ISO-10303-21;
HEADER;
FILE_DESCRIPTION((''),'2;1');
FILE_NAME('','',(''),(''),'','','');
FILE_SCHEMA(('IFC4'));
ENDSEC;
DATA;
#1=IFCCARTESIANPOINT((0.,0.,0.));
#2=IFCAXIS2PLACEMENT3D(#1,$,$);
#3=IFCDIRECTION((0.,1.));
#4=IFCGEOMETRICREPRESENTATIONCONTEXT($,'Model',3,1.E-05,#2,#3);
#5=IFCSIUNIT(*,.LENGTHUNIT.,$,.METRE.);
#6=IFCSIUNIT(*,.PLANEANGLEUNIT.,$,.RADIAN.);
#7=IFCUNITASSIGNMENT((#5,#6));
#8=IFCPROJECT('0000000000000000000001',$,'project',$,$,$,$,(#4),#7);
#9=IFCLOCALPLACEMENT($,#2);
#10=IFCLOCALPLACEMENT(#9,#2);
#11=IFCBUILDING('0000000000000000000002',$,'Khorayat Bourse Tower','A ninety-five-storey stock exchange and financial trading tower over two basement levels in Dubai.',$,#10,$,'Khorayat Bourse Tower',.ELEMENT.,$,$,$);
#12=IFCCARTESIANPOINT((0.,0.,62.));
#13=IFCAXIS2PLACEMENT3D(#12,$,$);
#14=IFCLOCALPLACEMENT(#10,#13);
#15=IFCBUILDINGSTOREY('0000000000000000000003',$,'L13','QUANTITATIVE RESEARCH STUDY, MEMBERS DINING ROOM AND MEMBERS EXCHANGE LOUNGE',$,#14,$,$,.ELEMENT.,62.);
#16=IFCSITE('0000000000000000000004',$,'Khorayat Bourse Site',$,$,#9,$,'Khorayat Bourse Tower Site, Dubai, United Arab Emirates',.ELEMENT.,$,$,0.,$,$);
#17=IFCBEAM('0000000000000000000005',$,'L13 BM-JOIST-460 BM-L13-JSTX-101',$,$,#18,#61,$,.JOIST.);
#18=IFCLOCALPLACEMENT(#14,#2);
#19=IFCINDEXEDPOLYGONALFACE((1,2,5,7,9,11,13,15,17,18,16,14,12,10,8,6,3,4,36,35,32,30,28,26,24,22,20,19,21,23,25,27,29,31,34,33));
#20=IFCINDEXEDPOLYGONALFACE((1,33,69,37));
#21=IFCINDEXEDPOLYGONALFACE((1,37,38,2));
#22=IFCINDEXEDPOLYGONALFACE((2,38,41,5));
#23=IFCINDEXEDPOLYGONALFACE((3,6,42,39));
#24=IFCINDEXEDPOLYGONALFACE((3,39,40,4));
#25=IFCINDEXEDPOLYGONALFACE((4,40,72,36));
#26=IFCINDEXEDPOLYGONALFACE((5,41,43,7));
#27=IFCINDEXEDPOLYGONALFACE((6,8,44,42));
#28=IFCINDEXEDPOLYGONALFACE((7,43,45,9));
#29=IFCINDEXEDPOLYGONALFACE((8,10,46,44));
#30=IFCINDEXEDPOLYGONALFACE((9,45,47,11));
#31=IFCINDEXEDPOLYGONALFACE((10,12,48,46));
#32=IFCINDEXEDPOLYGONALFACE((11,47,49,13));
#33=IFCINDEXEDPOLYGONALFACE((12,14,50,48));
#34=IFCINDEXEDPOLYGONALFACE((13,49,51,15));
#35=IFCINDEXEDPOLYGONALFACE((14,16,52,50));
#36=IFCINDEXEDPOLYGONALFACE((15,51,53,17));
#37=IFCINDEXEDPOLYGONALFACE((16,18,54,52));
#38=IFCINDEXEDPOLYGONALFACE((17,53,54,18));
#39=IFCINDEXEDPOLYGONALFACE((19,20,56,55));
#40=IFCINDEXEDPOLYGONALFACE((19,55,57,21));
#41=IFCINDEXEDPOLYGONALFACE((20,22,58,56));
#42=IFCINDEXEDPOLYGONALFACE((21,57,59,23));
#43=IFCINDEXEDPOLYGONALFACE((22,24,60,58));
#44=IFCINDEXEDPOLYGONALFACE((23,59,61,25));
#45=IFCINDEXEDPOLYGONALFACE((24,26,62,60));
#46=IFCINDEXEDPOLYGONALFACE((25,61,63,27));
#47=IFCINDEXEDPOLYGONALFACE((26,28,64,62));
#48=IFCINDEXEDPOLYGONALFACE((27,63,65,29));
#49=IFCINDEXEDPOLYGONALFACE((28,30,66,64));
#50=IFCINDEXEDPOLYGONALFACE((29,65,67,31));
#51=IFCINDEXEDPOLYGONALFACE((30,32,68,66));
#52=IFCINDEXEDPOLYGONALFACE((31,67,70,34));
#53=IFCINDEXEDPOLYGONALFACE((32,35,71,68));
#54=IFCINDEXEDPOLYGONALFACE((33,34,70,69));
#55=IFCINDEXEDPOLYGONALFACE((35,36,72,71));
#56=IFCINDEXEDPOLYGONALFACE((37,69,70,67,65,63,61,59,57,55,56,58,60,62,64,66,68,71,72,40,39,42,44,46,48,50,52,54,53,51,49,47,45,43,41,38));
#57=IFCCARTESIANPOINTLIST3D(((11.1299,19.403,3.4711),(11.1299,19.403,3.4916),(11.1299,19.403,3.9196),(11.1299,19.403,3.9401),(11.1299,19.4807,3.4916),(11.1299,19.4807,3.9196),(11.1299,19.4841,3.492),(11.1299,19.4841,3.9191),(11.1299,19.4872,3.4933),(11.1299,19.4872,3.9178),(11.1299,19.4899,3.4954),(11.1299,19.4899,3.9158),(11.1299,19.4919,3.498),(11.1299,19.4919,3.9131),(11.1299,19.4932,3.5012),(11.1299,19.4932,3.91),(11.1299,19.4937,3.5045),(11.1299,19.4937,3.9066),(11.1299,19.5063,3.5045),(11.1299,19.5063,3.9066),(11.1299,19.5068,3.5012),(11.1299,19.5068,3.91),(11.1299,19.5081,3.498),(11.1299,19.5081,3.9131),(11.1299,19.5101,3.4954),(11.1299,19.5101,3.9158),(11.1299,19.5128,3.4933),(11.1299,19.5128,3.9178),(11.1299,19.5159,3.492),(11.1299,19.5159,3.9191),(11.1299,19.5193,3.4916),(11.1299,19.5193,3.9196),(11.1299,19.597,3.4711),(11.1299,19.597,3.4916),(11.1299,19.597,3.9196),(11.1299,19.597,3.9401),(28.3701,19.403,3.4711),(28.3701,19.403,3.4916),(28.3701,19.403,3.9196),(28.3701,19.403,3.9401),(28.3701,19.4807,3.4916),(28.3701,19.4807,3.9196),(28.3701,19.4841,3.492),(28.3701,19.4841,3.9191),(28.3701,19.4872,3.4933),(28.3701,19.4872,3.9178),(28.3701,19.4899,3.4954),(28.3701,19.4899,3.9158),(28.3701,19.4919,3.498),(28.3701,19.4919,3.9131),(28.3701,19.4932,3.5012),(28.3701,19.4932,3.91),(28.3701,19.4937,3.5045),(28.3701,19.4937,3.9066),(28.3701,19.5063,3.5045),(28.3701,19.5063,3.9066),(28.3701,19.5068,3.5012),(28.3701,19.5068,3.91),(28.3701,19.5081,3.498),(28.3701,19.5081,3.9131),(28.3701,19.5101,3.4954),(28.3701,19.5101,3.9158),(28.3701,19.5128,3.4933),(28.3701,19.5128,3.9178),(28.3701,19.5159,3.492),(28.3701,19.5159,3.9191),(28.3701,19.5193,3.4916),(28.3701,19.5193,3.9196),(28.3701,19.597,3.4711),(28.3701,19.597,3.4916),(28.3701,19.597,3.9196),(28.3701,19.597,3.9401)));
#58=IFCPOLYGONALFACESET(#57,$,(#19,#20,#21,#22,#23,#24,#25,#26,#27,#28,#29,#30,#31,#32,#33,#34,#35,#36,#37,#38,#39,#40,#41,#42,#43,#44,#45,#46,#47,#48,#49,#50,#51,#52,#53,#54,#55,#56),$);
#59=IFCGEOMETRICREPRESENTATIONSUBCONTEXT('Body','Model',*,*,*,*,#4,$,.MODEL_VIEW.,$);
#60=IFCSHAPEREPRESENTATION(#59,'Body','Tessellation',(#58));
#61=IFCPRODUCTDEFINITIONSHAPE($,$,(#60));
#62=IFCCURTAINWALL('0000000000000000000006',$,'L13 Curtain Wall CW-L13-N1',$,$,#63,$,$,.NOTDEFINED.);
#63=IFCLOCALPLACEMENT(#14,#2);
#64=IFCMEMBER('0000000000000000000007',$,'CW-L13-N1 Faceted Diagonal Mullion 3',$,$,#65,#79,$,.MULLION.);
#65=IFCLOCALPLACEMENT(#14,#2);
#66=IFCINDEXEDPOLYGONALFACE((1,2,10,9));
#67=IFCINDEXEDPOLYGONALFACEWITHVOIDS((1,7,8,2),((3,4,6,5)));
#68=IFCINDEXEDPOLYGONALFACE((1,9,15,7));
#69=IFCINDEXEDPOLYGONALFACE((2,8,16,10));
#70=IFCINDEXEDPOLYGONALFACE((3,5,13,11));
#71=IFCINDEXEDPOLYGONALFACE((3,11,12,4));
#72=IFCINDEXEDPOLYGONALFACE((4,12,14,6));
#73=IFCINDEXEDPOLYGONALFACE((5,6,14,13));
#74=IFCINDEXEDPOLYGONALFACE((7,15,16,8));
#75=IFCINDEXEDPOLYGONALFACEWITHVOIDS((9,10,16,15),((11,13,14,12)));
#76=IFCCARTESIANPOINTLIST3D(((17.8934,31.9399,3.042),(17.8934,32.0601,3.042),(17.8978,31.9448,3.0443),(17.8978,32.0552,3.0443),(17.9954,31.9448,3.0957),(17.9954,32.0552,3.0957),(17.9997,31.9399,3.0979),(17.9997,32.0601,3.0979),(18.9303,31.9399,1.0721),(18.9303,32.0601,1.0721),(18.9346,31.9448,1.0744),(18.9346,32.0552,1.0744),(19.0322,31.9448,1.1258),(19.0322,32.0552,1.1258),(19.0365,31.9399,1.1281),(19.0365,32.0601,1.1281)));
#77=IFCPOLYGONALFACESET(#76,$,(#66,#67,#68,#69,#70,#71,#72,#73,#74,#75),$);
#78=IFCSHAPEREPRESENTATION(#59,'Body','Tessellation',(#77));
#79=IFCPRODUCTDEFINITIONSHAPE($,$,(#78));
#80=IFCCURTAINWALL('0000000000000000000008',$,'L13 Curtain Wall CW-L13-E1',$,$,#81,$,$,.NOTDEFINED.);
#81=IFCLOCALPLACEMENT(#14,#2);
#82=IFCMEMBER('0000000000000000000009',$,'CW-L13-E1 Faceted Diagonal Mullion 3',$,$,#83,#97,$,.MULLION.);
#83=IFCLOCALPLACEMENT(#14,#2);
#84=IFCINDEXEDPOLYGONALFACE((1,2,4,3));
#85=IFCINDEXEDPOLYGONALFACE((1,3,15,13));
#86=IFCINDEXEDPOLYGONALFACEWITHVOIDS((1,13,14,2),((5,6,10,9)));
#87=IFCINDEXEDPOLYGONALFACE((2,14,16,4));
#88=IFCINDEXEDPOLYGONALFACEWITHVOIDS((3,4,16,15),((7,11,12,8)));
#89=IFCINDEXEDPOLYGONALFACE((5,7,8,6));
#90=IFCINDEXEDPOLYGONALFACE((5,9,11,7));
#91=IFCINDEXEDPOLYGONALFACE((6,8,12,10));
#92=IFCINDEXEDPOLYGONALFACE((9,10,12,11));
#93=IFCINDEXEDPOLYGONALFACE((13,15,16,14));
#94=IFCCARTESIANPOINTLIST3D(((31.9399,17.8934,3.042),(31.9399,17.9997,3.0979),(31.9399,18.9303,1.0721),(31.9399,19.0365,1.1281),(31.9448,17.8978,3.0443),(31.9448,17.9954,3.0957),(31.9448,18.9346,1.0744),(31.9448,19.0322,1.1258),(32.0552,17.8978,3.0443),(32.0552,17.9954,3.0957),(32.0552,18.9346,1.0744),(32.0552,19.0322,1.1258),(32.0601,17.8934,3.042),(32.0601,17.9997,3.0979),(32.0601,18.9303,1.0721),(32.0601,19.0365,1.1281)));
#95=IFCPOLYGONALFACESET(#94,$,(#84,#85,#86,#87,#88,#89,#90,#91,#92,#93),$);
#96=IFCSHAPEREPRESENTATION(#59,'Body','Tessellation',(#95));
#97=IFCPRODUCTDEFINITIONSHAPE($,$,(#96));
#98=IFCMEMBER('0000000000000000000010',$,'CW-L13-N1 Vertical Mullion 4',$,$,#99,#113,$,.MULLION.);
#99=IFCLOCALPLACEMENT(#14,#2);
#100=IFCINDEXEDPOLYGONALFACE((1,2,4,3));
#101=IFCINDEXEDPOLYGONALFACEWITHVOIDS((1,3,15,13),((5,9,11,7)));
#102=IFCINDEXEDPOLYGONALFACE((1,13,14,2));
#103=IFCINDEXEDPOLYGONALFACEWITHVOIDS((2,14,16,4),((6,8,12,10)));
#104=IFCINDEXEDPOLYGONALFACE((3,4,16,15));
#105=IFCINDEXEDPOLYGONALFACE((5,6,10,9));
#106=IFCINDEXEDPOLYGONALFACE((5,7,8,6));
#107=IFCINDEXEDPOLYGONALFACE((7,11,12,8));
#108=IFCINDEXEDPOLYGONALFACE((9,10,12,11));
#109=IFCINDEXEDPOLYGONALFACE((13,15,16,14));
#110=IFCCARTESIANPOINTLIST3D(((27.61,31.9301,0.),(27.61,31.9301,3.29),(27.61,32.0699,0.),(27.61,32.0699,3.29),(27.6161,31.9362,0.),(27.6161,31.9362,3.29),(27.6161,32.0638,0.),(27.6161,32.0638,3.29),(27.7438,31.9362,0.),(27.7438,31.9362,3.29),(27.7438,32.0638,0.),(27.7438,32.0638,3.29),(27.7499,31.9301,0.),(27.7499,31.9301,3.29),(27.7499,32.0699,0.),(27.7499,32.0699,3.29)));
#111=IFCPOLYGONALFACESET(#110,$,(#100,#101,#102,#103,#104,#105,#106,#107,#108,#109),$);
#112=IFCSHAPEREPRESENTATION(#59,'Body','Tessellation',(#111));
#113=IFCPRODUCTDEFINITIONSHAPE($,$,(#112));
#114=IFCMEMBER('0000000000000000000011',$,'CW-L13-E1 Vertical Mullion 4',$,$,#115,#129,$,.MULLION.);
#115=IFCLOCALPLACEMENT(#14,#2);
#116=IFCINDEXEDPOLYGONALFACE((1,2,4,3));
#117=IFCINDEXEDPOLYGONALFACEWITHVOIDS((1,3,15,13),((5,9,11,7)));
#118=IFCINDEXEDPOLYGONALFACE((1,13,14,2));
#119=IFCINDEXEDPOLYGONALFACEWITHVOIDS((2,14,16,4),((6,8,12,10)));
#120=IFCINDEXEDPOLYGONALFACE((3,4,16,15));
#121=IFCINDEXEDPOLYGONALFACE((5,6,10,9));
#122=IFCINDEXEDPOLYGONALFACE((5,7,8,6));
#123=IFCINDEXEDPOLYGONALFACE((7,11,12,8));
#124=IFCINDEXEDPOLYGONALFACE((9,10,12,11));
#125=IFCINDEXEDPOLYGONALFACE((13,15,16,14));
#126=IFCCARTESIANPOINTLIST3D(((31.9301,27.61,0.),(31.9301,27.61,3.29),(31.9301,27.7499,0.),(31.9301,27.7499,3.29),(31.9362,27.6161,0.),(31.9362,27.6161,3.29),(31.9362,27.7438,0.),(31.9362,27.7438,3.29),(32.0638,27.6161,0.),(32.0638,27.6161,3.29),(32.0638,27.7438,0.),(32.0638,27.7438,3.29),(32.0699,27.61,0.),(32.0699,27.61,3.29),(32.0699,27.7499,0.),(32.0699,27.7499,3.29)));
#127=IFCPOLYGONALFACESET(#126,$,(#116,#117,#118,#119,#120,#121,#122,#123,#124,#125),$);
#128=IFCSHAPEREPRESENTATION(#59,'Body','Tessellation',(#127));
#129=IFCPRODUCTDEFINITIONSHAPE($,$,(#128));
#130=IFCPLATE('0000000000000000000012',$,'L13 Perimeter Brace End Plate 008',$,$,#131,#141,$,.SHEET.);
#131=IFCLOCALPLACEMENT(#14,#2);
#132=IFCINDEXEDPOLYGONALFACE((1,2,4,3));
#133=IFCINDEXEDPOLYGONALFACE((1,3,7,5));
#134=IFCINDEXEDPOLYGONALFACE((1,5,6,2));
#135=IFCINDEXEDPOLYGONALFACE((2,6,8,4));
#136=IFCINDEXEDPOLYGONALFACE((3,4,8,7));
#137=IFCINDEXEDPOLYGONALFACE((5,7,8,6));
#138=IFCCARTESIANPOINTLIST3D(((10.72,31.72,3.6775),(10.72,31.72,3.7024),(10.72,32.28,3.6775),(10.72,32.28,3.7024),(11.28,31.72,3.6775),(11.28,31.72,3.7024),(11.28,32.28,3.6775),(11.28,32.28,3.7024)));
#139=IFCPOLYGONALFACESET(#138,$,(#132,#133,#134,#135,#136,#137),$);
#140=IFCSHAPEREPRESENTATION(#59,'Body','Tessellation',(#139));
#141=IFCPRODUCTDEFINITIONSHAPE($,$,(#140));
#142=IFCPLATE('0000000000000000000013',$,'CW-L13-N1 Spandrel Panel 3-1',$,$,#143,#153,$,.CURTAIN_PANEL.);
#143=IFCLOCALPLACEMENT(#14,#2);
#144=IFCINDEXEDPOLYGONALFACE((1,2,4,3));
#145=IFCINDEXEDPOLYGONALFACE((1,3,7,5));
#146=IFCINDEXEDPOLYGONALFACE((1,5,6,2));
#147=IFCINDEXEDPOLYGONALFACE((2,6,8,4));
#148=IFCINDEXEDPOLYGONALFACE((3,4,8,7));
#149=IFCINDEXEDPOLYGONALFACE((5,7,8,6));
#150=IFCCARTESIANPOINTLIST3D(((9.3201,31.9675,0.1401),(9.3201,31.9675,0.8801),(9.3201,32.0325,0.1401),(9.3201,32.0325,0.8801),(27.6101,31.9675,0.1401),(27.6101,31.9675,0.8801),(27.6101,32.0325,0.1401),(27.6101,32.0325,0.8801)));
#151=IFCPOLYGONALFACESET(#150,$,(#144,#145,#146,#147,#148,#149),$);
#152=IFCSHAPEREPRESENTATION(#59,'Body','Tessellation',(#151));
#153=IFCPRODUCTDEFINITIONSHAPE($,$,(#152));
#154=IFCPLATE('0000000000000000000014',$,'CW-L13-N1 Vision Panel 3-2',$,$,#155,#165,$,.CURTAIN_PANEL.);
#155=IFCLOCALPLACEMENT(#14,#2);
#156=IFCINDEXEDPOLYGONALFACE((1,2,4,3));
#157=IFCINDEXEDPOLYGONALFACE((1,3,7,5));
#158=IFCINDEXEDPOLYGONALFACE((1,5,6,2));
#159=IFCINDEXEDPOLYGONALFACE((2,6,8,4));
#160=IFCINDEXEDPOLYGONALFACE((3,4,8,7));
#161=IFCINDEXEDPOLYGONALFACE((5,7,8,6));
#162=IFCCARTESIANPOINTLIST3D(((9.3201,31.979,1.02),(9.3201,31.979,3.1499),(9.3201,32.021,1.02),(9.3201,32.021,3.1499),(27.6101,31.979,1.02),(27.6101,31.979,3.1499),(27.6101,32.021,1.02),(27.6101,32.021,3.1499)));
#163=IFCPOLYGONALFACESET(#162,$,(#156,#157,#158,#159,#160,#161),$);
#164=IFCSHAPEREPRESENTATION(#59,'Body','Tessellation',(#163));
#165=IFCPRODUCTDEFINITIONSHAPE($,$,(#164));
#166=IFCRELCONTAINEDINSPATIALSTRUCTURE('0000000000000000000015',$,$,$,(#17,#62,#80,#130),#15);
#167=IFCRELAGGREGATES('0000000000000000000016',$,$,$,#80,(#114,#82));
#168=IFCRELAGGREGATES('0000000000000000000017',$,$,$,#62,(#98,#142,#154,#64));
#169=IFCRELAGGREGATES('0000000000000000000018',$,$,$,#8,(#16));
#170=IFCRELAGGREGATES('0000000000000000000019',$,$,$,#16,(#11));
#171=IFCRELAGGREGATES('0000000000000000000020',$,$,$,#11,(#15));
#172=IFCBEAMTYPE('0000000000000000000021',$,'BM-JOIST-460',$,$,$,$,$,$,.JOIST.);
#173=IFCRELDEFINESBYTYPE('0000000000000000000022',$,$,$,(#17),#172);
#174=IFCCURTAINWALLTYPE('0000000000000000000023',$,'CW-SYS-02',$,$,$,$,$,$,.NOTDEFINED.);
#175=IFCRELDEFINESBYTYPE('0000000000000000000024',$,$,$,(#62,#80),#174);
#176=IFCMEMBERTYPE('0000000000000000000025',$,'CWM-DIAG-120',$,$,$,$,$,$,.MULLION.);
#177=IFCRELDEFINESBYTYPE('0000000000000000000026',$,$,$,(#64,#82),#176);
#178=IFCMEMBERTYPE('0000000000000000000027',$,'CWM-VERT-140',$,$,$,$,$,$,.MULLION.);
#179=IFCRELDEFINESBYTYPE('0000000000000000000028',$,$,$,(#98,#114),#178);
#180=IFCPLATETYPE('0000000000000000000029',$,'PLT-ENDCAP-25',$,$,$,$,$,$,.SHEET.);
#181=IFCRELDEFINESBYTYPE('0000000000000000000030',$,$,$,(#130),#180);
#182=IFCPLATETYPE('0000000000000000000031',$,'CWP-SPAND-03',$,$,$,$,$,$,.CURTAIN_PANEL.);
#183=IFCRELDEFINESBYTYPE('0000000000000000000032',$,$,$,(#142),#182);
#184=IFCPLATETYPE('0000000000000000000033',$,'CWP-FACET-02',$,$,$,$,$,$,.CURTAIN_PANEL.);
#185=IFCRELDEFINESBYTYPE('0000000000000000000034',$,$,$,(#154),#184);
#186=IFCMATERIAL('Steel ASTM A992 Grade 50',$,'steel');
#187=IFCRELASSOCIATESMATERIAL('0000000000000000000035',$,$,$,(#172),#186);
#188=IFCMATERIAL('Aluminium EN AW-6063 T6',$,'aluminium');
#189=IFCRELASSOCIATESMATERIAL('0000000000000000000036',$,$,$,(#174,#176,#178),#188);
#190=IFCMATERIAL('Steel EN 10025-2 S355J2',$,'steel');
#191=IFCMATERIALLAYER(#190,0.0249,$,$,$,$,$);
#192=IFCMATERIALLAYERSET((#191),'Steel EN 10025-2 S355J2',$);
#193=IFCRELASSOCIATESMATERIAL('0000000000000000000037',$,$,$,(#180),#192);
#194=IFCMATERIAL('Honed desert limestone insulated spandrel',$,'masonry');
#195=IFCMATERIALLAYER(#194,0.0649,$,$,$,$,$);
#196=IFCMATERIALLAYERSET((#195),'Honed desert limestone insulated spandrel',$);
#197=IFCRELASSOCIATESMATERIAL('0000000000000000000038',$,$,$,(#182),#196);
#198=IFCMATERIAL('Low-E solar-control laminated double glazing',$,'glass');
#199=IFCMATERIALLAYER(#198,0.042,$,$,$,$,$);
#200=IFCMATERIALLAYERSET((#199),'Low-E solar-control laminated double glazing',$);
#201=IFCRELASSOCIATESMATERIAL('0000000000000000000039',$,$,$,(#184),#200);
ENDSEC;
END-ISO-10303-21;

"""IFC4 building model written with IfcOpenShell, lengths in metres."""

from ifc_helpers import new_model, si_unit, direction, frame, origin, origin_2d, place, context, subcontext, project, spatial, rectangle, hollow_rectangle, i_section, extrude, source, transform, mapped, material, layer, layer_set, material_profile, profile_set, type_object, element, aggregate, save


model = new_model("IFC4")

# Units and contexts
model_context = context("Model", 3, precision=1e-05, world=origin(), true_north=direction((0.0, 1.0)))
body_context = subcontext(model_context, "Body", "Model", "MODEL_VIEW")
ifc_project = project(units=[si_unit("LENGTHUNIT", "METRE"), si_unit("PLANEANGLEUNIT", "RADIAN")], contexts=[model_context])

# Site, building, storey
site_placement = place(None, origin())
site = spatial("IfcSite", under=ifc_project, at=site_placement, Name="Khorayat Bourse Site", LongName="Khorayat Bourse Tower Site, Dubai, United Arab Emirates", CompositionType="ELEMENT", RefElevation=0.0)
building_placement = place(site_placement, origin())
building = spatial("IfcBuilding", under=site, at=building_placement, Name="Khorayat Bourse Tower", Description="A ninety-five-storey stock exchange and financial trading tower over two basement levels in Dubai.", LongName="Khorayat Bourse Tower", CompositionType="ELEMENT")
storey_placement = place(building_placement, frame((0.0, 0.0, 62.0)))
storey = spatial("IfcBuildingStorey", under=building, at=storey_placement, Name="L13", Description="QUANTITATIVE RESEARCH STUDY, MEMBERS DINING ROOM AND MEMBERS EXCHANGE LOUNGE", CompositionType="ELEMENT", Elevation=62.0)

# Beam
ifc_material_1 = material(Name="Steel ASTM A992 Grade 50", Category="steel")
ifc_material_profile_1 = material_profile(ifc_material_1, i_section(OverallWidth=0.1941, OverallDepth=0.469, WebThickness=0.0127, FlangeThickness=0.0205, FilletRadius=0.0129, at=origin_2d()), Name="W460X106")
ifc_profile_set_1 = profile_set([ifc_material_profile_1], Name="Steel ASTM A992 Grade 50")
beam_type_1 = type_object("IfcBeamType", Name="BM-JOIST-460", PredefinedType="JOIST", material=ifc_profile_set_1)
shared_shape_1 = source(origin(), body_context, "Body", "SweptSolid", [
    extrude(i_section(OverallWidth=0.1941, OverallDepth=0.469, WebThickness=0.0127, FlangeThickness=0.0205, FilletRadius=0.0129, at=origin_2d()), origin(), (0.0, 0.0, 1.0), 17.2402),
])
beam_1_placement = place(storey_placement, frame((11.1299, 19.5, 3.7056), z_axis=(1.0, 0.0, 0.0), x_axis=(0.0, 1.0, 0.0)))
element("IfcBeam", 1, at=beam_1_placement, inside=storey, type_object=beam_type_1, Name="L13 BM-JOIST-460 BM-L13-JSTX-101", PredefinedType="JOIST", context=body_context, shape_type="MappedRepresentation", body=[
    mapped(shared_shape_1, transform((0.0, 0.0, 0.0), scale=1.0)),
])

# Curtain walls, members
ifc_material_2 = material(Name="Aluminium EN AW-6063 T6", Category="aluminium")
curtain_wall_type = type_object("IfcCurtainWallType", Name="CW-SYS-02", PredefinedType="NOTDEFINED", material=ifc_material_2)
curtain_wall_1_placement = place(storey_placement, origin())
curtain_wall_1 = element("IfcCurtainWall", 2, at=curtain_wall_1_placement, inside=storey, type_object=curtain_wall_type, Name="L13 Curtain Wall CW-L13-N1", PredefinedType="NOTDEFINED")
ifc_material_profile_2 = material_profile(ifc_material_2, hollow_rectangle(XDim=0.1201, YDim=0.1201, WallThickness=0.0049, at=origin_2d()), Name="ALU 120x120x5")
ifc_profile_set_2 = profile_set([ifc_material_profile_2], Name="Aluminium EN AW-6063 T6")
member_type_1 = type_object("IfcMemberType", Name="CWM-DIAG-120", PredefinedType="MULLION", material=ifc_profile_set_2)
shared_shape_2 = source(origin(), body_context, "Body", "SweptSolid", [
    extrude(hollow_rectangle(XDim=0.1201, YDim=0.1201, WallThickness=0.0049, at=origin_2d()), origin(), (0.0, 0.0, 1.0), 2.2261),
])
member_1_placement = place(storey_placement, frame((18.9834, 32.0, 1.1001), z_axis=(-0.46576, 0.0, 0.884911), x_axis=(0.0, -1.0, 0.0)))
member_1 = element("IfcMember", 3, at=member_1_placement, type_object=member_type_1, Name="CW-L13-N1 Faceted Diagonal Mullion 3", PredefinedType="MULLION", context=body_context, shape_type="MappedRepresentation", body=[
    mapped(shared_shape_2, transform((0.0, 0.0, 0.0), scale=1.0)),
])
curtain_wall_2_placement = place(storey_placement, origin())
curtain_wall_2 = element("IfcCurtainWall", 4, at=curtain_wall_2_placement, inside=storey, type_object=curtain_wall_type, Name="L13 Curtain Wall CW-L13-E1", PredefinedType="NOTDEFINED")
member_2_placement = place(storey_placement, frame((32.0, 18.9834, 1.1001), z_axis=(0.0, -0.46576, 0.884911), x_axis=(1.0, 0.0, 0.0)))
member_2 = element("IfcMember", 5, at=member_2_placement, type_object=member_type_1, Name="CW-L13-E1 Faceted Diagonal Mullion 3", PredefinedType="MULLION", context=body_context, shape_type="MappedRepresentation", body=[
    mapped(shared_shape_2, transform((0.0, 0.0, 0.0), scale=1.0)),
])

# Members
ifc_material_profile_3 = material_profile(ifc_material_2, hollow_rectangle(XDim=0.1399, YDim=0.1399, WallThickness=0.0061, at=origin_2d()), Name="ALU 140x140x6")
ifc_profile_set_3 = profile_set([ifc_material_profile_3], Name="Aluminium EN AW-6063 T6")
member_type_2 = type_object("IfcMemberType", Name="CWM-VERT-140", PredefinedType="MULLION", material=ifc_profile_set_3)
shared_shape_3 = source(origin(), body_context, "Body", "SweptSolid", [
    extrude(hollow_rectangle(XDim=0.1399, YDim=0.1399, WallThickness=0.0061, at=origin_2d()), origin(), (0.0, 0.0, 1.0), 3.29),
])
member_3_placement = place(storey_placement, frame((27.6799, 32.0, 0.0), z_axis=(0.0, 0.0, 1.0), x_axis=(0.0, 1.0, 0.0)))
member_3 = element("IfcMember", 6, at=member_3_placement, type_object=member_type_2, Name="CW-L13-N1 Vertical Mullion 4", PredefinedType="MULLION", context=body_context, shape_type="MappedRepresentation", body=[
    mapped(shared_shape_3, transform((0.0, 0.0, 0.0), scale=1.0)),
])
member_4_placement = place(storey_placement, frame((32.0, 27.6799, 0.0), z_axis=(0.0, 0.0, 1.0), x_axis=(-1.0, 0.0, 0.0)))
member_4 = element("IfcMember", 7, at=member_4_placement, type_object=member_type_2, Name="CW-L13-E1 Vertical Mullion 4", PredefinedType="MULLION", context=body_context, shape_type="MappedRepresentation", body=[
    mapped(shared_shape_3, transform((0.0, 0.0, 0.0), scale=1.0)),
])
aggregate(curtain_wall_2, [member_4, member_2])

# Plates
ifc_material_3 = material(Name="Steel EN 10025-2 S355J2", Category="steel")
ifc_layer_1 = layer(ifc_material_3, 0.0249)
ifc_layer_set_1 = layer_set([ifc_layer_1], Name="Steel EN 10025-2 S355J2")
plate_type_1 = type_object("IfcPlateType", Name="PLT-ENDCAP-25", PredefinedType="SHEET", material=ifc_layer_set_1)
shared_shape_4 = source(origin(), body_context, "Body", "SweptSolid", [
    extrude(rectangle(XDim=0.5601, YDim=0.5601, at=origin_2d()), origin(), (0.0, 0.0, 1.0), 0.0249),
])
plate_1_placement = place(storey_placement, frame((11.0, 32.0, 3.6775), z_axis=(0.0, 0.0, 1.0), x_axis=(1.0, 0.0, 0.0)))
element("IfcPlate", 8, at=plate_1_placement, inside=storey, type_object=plate_type_1, Name="L13 Perimeter Brace End Plate 008", PredefinedType="SHEET", context=body_context, shape_type="MappedRepresentation", body=[
    mapped(shared_shape_4, transform((0.0, 0.0, 0.0), scale=1.0)),
])
ifc_material_4 = material(Name="Honed desert limestone insulated spandrel", Category="masonry")
ifc_layer_2 = layer(ifc_material_4, 0.0649)
ifc_layer_set_2 = layer_set([ifc_layer_2], Name="Honed desert limestone insulated spandrel")
plate_type_2 = type_object("IfcPlateType", Name="CWP-SPAND-03", PredefinedType="CURTAIN_PANEL", material=ifc_layer_set_2)
shared_shape_5 = source(origin(), body_context, "Body", "SweptSolid", [
    extrude(rectangle(XDim=18.29, YDim=0.0649, at=origin_2d()), origin(), (0.0, 0.0, 1.0), 0.74),
])
plate_2_placement = place(storey_placement, frame((18.4651, 32.0, 0.1401), z_axis=(0.0, 0.0, 1.0), x_axis=(1.0, 0.0, 0.0)))
plate_2 = element("IfcPlate", 9, at=plate_2_placement, type_object=plate_type_2, Name="CW-L13-N1 Spandrel Panel 3-1", PredefinedType="CURTAIN_PANEL", context=body_context, shape_type="MappedRepresentation", body=[
    mapped(shared_shape_5, transform((0.0, 0.0, 0.0), scale=1.0)),
])
ifc_material_5 = material(Name="Low-E solar-control laminated double glazing", Category="glass")
ifc_layer_3 = layer(ifc_material_5, 0.042)
ifc_layer_set_3 = layer_set([ifc_layer_3], Name="Low-E solar-control laminated double glazing")
plate_type_3 = type_object("IfcPlateType", Name="CWP-FACET-02", PredefinedType="CURTAIN_PANEL", material=ifc_layer_set_3)
shared_shape_6 = source(origin(), body_context, "Body", "SweptSolid", [
    extrude(rectangle(XDim=18.29, YDim=0.042, at=origin_2d()), origin(), (0.0, 0.0, 1.0), 2.1299),
])
plate_3_placement = place(storey_placement, frame((18.4651, 32.0, 1.02), z_axis=(0.0, 0.0, 1.0), x_axis=(1.0, 0.0, 0.0)))
plate_3 = element("IfcPlate", 10, at=plate_3_placement, type_object=plate_type_3, Name="CW-L13-N1 Vision Panel 3-2", PredefinedType="CURTAIN_PANEL", context=body_context, shape_type="MappedRepresentation", body=[
    mapped(shared_shape_6, transform((0.0, 0.0, 0.0), scale=1.0)),
])
aggregate(curtain_wall_1, [member_3, plate_2, plate_3, member_1])

save(model, "model.ifc")
